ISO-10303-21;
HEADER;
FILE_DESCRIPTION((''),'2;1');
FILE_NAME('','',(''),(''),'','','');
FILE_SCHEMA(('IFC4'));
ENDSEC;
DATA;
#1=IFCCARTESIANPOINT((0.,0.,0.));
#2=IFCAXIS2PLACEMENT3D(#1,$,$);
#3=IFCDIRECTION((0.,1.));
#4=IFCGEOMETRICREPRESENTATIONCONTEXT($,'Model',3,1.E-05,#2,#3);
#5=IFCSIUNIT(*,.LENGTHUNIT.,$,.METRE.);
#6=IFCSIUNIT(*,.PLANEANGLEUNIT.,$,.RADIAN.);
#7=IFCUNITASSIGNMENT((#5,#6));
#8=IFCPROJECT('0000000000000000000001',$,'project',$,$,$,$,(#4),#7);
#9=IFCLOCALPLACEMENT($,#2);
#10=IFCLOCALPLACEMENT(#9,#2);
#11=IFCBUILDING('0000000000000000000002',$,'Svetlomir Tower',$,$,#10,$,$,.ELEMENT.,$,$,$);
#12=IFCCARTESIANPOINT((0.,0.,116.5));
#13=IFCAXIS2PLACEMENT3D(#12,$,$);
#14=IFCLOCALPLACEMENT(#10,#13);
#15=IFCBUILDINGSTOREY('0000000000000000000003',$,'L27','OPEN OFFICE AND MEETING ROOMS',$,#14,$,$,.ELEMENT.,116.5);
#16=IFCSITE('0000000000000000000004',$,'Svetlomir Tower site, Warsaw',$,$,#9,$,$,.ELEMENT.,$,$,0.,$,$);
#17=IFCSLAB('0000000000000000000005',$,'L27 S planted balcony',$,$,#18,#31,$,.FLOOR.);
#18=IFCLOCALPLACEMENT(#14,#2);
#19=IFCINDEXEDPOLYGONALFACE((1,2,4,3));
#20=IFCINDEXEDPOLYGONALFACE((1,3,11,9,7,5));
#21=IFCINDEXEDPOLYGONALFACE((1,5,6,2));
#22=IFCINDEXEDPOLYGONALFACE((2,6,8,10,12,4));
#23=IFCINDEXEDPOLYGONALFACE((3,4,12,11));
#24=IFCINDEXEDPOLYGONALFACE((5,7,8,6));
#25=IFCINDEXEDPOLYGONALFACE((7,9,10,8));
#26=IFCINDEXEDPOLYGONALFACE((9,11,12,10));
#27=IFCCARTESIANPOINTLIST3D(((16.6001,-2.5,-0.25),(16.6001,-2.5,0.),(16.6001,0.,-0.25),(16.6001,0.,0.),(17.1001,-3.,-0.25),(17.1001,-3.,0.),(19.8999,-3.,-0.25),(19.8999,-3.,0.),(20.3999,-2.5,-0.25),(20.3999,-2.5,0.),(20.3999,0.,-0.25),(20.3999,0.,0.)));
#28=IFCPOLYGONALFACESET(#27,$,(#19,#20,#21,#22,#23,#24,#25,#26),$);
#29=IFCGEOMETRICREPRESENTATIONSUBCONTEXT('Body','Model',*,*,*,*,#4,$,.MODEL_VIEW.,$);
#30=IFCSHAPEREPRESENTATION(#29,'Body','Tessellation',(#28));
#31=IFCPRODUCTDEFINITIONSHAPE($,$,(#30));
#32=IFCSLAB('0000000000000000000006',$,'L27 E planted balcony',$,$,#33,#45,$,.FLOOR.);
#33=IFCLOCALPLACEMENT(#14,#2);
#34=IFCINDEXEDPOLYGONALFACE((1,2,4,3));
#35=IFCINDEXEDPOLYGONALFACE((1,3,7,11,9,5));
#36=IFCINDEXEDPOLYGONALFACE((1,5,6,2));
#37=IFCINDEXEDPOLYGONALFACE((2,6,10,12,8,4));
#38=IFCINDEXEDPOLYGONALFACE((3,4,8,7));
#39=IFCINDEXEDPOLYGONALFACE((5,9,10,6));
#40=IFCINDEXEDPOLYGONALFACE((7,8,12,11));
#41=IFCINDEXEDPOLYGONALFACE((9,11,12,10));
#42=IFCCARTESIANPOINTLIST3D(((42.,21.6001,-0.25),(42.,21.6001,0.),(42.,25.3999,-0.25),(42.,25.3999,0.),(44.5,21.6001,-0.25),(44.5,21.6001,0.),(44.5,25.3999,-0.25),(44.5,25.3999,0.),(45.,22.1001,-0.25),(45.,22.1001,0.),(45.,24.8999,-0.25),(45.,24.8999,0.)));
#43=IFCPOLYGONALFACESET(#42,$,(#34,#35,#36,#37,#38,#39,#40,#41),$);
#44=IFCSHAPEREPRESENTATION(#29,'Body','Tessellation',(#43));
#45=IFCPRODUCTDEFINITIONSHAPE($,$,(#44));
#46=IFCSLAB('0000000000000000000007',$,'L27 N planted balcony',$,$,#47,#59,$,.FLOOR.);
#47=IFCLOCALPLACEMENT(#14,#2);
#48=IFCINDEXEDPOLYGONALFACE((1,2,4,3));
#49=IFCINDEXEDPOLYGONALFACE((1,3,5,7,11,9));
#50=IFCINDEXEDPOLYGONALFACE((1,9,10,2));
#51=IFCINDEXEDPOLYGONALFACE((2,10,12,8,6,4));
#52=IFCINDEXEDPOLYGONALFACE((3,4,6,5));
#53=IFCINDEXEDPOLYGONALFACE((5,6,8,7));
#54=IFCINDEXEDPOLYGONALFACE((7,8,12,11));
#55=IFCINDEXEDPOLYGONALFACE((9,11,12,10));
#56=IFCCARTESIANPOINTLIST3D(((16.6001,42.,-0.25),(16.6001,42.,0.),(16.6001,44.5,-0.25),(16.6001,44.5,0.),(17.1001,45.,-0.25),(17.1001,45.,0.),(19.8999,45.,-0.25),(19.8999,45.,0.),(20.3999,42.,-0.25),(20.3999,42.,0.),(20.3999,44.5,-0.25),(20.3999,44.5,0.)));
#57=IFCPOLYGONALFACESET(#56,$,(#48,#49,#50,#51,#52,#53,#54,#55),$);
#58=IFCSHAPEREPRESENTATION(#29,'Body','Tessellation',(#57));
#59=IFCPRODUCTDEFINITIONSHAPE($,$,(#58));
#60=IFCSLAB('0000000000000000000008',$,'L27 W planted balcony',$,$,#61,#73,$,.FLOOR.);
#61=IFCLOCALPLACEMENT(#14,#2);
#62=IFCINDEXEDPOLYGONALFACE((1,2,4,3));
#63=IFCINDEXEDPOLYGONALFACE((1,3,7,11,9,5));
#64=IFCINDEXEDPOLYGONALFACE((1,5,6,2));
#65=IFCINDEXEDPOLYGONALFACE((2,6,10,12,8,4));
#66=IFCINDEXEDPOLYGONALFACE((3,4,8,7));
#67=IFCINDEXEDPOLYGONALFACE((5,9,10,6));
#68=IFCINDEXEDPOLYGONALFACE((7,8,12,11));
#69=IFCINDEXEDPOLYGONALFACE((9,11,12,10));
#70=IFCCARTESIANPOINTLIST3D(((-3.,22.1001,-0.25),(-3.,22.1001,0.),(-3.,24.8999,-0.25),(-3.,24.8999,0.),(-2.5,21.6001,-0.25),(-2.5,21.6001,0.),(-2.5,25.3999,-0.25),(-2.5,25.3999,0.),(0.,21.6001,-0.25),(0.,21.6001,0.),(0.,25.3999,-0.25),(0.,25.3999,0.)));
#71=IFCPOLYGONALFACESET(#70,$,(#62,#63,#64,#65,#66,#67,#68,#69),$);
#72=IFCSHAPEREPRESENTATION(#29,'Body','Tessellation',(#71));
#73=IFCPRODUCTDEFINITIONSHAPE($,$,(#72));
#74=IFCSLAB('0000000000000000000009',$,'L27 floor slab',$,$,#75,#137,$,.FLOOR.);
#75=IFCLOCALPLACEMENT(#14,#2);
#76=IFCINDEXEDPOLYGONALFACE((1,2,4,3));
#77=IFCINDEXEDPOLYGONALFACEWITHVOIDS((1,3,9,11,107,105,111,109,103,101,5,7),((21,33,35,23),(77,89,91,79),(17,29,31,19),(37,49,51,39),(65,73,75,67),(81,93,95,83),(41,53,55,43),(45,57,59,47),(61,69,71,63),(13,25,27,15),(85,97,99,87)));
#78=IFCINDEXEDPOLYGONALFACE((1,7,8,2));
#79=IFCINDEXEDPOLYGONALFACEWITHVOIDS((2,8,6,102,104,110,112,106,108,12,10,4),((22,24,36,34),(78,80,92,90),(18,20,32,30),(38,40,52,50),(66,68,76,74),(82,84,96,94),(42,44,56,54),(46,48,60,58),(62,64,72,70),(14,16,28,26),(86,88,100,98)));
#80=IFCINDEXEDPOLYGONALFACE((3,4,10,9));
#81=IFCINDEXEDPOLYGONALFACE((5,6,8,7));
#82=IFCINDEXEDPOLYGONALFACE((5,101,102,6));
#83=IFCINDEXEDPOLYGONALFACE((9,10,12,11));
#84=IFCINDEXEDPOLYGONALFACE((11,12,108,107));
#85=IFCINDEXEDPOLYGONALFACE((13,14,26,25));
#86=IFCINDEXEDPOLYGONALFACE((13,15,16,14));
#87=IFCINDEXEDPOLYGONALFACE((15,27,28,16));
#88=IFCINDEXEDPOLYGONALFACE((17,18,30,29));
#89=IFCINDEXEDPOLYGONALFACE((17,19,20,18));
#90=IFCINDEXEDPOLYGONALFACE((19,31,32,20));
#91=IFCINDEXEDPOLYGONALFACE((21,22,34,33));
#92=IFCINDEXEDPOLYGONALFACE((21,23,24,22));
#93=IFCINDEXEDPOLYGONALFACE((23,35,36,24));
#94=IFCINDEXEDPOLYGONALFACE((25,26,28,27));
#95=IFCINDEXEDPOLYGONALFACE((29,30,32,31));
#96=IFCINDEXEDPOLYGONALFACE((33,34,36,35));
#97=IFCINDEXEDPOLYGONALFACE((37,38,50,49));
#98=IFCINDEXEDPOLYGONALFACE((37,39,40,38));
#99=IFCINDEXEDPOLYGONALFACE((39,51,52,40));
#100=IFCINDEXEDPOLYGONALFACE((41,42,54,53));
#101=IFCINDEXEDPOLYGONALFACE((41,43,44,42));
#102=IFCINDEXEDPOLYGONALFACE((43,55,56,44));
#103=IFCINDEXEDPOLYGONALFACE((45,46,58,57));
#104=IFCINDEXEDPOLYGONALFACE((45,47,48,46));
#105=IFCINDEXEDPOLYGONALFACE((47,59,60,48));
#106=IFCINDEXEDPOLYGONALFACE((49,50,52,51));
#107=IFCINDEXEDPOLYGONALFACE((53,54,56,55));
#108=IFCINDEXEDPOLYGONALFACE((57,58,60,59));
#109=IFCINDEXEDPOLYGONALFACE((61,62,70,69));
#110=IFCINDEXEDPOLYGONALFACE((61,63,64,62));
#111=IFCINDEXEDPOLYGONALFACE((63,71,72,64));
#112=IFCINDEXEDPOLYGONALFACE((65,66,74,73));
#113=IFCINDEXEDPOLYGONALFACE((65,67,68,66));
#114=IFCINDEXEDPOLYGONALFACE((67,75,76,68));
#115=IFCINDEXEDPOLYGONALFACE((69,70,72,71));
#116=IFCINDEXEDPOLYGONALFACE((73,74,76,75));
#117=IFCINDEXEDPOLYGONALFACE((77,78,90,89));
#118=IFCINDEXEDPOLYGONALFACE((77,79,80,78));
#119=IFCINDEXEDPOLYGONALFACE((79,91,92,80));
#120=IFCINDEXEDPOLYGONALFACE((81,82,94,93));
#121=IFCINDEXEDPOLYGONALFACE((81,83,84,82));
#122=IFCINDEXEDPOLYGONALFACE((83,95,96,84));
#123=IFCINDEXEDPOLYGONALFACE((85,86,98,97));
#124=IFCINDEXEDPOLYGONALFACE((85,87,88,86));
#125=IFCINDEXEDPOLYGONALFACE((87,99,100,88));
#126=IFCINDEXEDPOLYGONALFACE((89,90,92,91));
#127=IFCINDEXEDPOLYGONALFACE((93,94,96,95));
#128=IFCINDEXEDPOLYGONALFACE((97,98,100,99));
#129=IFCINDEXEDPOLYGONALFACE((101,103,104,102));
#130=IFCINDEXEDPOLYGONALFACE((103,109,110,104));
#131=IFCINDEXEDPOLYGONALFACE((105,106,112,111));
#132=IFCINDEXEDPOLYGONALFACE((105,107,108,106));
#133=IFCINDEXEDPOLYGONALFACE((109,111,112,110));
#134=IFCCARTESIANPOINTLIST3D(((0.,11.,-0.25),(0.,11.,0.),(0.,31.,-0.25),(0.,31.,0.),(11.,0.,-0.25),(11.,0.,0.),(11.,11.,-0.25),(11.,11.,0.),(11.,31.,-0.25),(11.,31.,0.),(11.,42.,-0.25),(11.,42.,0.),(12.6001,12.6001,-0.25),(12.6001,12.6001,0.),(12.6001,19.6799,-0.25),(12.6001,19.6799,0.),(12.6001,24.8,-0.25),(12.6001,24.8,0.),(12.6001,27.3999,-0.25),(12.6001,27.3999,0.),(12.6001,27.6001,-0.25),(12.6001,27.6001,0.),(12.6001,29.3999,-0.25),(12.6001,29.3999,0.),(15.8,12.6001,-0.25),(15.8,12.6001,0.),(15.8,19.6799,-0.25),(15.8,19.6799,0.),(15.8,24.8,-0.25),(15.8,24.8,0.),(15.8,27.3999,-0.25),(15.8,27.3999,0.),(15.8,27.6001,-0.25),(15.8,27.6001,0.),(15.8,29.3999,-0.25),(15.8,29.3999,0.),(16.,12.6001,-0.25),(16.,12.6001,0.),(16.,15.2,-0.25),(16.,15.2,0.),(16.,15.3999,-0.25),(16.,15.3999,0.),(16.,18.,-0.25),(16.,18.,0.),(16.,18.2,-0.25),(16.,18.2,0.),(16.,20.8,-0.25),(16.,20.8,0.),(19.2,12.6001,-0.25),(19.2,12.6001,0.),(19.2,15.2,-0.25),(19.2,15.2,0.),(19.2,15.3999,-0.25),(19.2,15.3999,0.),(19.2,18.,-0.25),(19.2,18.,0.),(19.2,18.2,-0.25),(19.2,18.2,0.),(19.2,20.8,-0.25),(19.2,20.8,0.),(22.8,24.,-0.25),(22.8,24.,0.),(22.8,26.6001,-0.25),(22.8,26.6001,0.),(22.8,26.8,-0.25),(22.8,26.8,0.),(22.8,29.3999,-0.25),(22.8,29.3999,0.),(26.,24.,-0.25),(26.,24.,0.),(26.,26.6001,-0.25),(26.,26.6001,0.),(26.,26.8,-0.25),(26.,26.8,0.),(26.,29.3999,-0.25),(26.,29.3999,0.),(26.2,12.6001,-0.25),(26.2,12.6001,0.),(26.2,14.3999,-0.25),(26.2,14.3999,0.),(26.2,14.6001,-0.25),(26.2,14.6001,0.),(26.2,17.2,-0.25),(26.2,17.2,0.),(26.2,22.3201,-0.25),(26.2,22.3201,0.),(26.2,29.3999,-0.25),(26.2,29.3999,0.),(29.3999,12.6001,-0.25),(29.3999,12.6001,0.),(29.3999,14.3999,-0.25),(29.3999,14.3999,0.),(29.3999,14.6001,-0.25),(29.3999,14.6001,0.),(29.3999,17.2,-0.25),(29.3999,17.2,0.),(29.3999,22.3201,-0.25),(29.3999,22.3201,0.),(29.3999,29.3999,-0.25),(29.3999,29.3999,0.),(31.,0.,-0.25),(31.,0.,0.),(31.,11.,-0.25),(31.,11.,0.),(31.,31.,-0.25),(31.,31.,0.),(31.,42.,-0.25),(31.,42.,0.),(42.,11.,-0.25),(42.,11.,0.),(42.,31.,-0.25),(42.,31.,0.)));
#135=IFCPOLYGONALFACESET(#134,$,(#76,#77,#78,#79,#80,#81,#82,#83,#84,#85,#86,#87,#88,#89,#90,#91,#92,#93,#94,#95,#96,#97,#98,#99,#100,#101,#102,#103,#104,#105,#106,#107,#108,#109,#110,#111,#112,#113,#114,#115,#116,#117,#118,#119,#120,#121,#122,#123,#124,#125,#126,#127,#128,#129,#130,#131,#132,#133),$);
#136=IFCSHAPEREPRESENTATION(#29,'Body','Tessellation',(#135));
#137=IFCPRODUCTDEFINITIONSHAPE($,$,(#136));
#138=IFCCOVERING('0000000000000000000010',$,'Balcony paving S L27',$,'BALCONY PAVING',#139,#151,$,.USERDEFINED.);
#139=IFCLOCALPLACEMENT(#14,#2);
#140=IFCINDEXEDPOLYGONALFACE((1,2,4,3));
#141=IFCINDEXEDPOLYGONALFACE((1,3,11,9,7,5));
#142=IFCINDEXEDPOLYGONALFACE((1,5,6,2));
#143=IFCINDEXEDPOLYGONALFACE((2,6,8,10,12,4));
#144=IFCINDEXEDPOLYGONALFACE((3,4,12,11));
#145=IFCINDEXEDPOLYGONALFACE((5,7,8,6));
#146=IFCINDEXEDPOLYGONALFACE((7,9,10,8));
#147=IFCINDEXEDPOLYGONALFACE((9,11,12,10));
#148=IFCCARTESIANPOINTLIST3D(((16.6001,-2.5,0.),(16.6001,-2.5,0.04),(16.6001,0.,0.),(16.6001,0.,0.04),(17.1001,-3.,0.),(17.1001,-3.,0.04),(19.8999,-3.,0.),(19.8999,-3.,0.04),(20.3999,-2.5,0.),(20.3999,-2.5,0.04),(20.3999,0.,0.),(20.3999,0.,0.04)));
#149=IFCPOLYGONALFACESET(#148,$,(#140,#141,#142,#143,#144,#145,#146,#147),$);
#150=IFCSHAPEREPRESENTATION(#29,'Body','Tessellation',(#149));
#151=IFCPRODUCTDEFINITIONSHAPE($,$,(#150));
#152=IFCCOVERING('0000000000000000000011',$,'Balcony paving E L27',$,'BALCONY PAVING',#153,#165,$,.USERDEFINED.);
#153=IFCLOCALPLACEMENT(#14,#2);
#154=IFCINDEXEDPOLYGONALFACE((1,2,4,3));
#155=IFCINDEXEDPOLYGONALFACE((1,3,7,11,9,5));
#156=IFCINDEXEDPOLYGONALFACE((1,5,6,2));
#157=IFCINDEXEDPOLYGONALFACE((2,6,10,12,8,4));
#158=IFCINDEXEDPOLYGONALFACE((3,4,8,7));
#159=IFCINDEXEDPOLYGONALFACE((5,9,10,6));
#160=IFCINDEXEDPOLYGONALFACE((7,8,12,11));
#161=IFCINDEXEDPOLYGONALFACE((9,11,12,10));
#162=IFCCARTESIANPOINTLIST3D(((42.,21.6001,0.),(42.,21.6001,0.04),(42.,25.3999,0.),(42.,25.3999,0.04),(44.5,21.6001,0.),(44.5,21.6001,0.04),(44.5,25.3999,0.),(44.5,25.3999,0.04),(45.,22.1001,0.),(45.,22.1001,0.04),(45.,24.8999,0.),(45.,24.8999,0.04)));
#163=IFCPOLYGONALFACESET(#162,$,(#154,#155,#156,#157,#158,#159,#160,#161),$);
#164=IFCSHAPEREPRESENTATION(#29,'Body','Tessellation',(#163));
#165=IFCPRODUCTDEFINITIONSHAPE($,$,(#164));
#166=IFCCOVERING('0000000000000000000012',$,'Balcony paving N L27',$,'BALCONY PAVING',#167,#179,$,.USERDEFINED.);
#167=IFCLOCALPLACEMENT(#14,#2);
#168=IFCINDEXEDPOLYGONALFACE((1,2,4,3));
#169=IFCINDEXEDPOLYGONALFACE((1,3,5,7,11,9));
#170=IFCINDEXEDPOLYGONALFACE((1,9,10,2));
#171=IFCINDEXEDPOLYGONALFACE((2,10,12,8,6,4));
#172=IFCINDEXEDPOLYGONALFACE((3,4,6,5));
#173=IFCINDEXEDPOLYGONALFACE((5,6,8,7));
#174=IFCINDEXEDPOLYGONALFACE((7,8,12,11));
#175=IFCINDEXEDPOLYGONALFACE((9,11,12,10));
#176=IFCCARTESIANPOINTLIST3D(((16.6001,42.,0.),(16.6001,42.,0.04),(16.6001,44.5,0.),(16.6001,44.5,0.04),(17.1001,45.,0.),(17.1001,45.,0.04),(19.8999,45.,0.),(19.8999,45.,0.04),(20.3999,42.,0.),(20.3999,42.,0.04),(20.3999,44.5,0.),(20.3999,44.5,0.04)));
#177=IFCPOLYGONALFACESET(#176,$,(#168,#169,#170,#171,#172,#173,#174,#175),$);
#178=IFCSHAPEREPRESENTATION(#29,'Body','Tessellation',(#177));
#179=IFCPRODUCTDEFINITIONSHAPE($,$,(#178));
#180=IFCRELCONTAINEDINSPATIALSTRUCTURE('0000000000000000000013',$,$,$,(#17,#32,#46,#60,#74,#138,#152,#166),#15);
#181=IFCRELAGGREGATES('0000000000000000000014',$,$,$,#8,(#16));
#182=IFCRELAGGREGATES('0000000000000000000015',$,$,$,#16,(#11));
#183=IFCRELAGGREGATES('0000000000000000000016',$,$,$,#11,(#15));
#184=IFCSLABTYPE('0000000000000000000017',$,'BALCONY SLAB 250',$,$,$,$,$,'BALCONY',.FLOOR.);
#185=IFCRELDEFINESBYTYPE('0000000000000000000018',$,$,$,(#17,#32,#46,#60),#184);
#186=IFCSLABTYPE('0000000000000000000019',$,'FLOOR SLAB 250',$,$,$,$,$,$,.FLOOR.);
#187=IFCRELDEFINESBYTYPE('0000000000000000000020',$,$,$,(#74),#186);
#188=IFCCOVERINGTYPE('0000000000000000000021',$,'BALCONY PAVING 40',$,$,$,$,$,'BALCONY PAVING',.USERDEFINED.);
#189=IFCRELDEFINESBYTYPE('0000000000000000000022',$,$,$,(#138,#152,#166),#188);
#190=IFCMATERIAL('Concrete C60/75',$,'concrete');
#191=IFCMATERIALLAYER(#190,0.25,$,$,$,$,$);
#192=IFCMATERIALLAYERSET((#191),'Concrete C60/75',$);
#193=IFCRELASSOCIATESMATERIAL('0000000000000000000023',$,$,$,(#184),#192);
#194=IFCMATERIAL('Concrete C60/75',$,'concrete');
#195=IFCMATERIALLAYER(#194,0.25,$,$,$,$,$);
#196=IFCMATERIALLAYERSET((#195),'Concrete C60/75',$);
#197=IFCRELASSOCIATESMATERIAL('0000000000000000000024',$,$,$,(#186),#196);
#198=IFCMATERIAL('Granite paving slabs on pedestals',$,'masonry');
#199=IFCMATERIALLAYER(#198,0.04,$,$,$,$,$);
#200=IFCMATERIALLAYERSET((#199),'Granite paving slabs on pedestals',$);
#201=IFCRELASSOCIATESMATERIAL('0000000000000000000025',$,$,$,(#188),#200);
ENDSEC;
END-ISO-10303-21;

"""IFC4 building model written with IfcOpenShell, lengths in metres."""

from ifc_helpers import new_model, si_unit, direction, frame, origin, place, context, subcontext, project, spatial, polyline, outline, extrude, material, layer, layer_set, type_object, element, save


model = new_model("IFC4")

# Units and contexts
model_context = context("Model", 3, precision=1e-05, world=origin(), true_north=direction((0.0, 1.0)))
body_context = subcontext(model_context, "Body", "Model", "MODEL_VIEW")
ifc_project = project(units=[si_unit("LENGTHUNIT", "METRE"), si_unit("PLANEANGLEUNIT", "RADIAN")], contexts=[model_context])

# Site, building, storey
site_placement = place(None, origin())
site = spatial("IfcSite", under=ifc_project, at=site_placement, Name="Svetlomir Tower site, Warsaw", CompositionType="ELEMENT", RefElevation=0.0)
building_placement = place(site_placement, origin())
building = spatial("IfcBuilding", under=site, at=building_placement, Name="Svetlomir Tower", CompositionType="ELEMENT")
storey_placement = place(building_placement, frame((0.0, 0.0, 116.5)))
storey = spatial("IfcBuildingStorey", under=building, at=storey_placement, Name="L27", Description="OPEN OFFICE AND MEETING ROOMS", CompositionType="ELEMENT", Elevation=116.5)

# Slabs
ifc_material_1 = material(Name="Concrete C60/75", Category="concrete")
ifc_layer_1 = layer(ifc_material_1, 0.25)
ifc_layer_set_1 = layer_set([ifc_layer_1], Name="Concrete C60/75")
slab_type_1 = type_object("IfcSlabType", Name="BALCONY SLAB 250", ElementType="BALCONY", PredefinedType="FLOOR", material=ifc_layer_set_1)
slab_1_placement = place(storey_placement, frame((0.0, 0.0, -0.25)))
element("IfcSlab", 1, at=slab_1_placement, inside=storey, type_object=slab_type_1, Name="L27 S planted balcony", PredefinedType="FLOOR", context=body_context, shape_type="SweptSolid", body=[
    extrude(outline(polyline([(16.6001, -2.5), (17.1001, -3.0), (19.8999, -3.0), (20.3999, -2.5), (20.3999, 0.0), (16.6001, 0.0), (16.6001, -2.5)])), origin(), (0.0, 0.0, 1.0), 0.25),
])
slab_2_placement = place(storey_placement, frame((0.0, 0.0, -0.25)))
element("IfcSlab", 2, at=slab_2_placement, inside=storey, type_object=slab_type_1, Name="L27 E planted balcony", PredefinedType="FLOOR", context=body_context, shape_type="SweptSolid", body=[
    extrude(outline(polyline([(42.0, 21.6001), (44.5, 21.6001), (45.0, 22.1001), (45.0, 24.8999), (44.5, 25.3999), (42.0, 25.3999), (42.0, 21.6001)])), origin(), (0.0, 0.0, 1.0), 0.25),
])
slab_3_placement = place(storey_placement, frame((0.0, 0.0, -0.25)))
element("IfcSlab", 3, at=slab_3_placement, inside=storey, type_object=slab_type_1, Name="L27 N planted balcony", PredefinedType="FLOOR", context=body_context, shape_type="SweptSolid", body=[
    extrude(outline(polyline([(16.6001, 42.0), (20.3999, 42.0), (20.3999, 44.5), (19.8999, 45.0), (17.1001, 45.0), (16.6001, 44.5), (16.6001, 42.0)])), origin(), (0.0, 0.0, 1.0), 0.25),
])
slab_4_placement = place(storey_placement, frame((0.0, 0.0, -0.25)))
element("IfcSlab", 4, at=slab_4_placement, inside=storey, type_object=slab_type_1, Name="L27 W planted balcony", PredefinedType="FLOOR", context=body_context, shape_type="SweptSolid", body=[
    extrude(outline(polyline([(-2.5, 21.6001), (0.0, 21.6001), (0.0, 25.3999), (-2.5, 25.3999), (-3.0, 24.8999), (-3.0, 22.1001), (-2.5, 21.6001)])), origin(), (0.0, 0.0, 1.0), 0.25),
])
ifc_material_2 = material(Name="Concrete C60/75", Category="concrete")
ifc_layer_2 = layer(ifc_material_2, 0.25)
ifc_layer_set_2 = layer_set([ifc_layer_2], Name="Concrete C60/75")
slab_type_2 = type_object("IfcSlabType", Name="FLOOR SLAB 250", PredefinedType="FLOOR", material=ifc_layer_set_2)
slab_5_placement = place(storey_placement, frame((0.0, 0.0, -0.25)))
element("IfcSlab", 5, at=slab_5_placement, inside=storey, type_object=slab_type_2, Name="L27 floor slab", PredefinedType="FLOOR", context=body_context, shape_type="SweptSolid", body=[
    extrude(outline(polyline([(11.0, 0.0), (31.0, 0.0), (31.0, 11.0), (42.0, 11.0), (42.0, 31.0), (31.0, 31.0), (31.0, 42.0), (11.0, 42.0), (11.0, 31.0), (0.0, 31.0), (0.0, 11.0), (11.0, 11.0), (11.0, 0.0)]), holes=[polyline([(12.6001, 24.8), (15.8, 24.8), (15.8, 27.3999), (12.6001, 27.3999), (12.6001, 24.8)]), polyline([(26.2, 14.6001), (29.3999, 14.6001), (29.3999, 17.2), (26.2, 17.2), (26.2, 14.6001)]), polyline([(16.0, 12.6001), (19.2, 12.6001), (19.2, 15.2), (16.0, 15.2), (16.0, 12.6001)]), polyline([(16.0, 15.3999), (19.2, 15.3999), (19.2, 18.0), (16.0, 18.0), (16.0, 15.3999)]), polyline([(16.0, 18.2), (19.2, 18.2), (19.2, 20.8), (16.0, 20.8), (16.0, 18.2)]), polyline([(22.8, 24.0), (26.0, 24.0), (26.0, 26.6001), (22.8, 26.6001), (22.8, 24.0)]), polyline([(22.8, 26.8), (26.0, 26.8), (26.0, 29.3999), (22.8, 29.3999), (22.8, 26.8)]), polyline([(12.6001, 27.6001), (15.8, 27.6001), (15.8, 29.3999), (12.6001, 29.3999), (12.6001, 27.6001)]), polyline([(26.2, 12.6001), (29.3999, 12.6001), (29.3999, 14.3999), (26.2, 14.3999), (26.2, 12.6001)]), polyline([(12.6001, 12.6001), (15.8, 12.6001), (15.8, 19.6799), (12.6001, 19.6799), (12.6001, 12.6001)]), polyline([(26.2, 22.3201), (29.3999, 22.3201), (29.3999, 29.3999), (26.2, 29.3999), (26.2, 22.3201)])]), origin(), (0.0, 0.0, 1.0), 0.25),
])

# Coverings
ifc_material_3 = material(Name="Granite paving slabs on pedestals", Category="masonry")
ifc_layer_3 = layer(ifc_material_3, 0.04)
ifc_layer_set_3 = layer_set([ifc_layer_3], Name="Granite paving slabs on pedestals")
covering_type_1 = type_object("IfcCoveringType", Name="BALCONY PAVING 40", ElementType="BALCONY PAVING", PredefinedType="USERDEFINED", material=ifc_layer_set_3)
covering_1_placement = place(storey_placement, origin())
element("IfcCovering", 6, at=covering_1_placement, inside=storey, type_object=covering_type_1, Name="Balcony paving S L27", ObjectType="BALCONY PAVING", PredefinedType="USERDEFINED", context=body_context, shape_type="SweptSolid", body=[
    extrude(outline(polyline([(16.6001, -2.5), (17.1001, -3.0), (19.8999, -3.0), (20.3999, -2.5), (20.3999, 0.0), (16.6001, 0.0), (16.6001, -2.5)])), origin(), (0.0, 0.0, 1.0), 0.04),
])
covering_2_placement = place(storey_placement, origin())
element("IfcCovering", 7, at=covering_2_placement, inside=storey, type_object=covering_type_1, Name="Balcony paving E L27", ObjectType="BALCONY PAVING", PredefinedType="USERDEFINED", context=body_context, shape_type="SweptSolid", body=[
    extrude(outline(polyline([(42.0, 21.6001), (44.5, 21.6001), (45.0, 22.1001), (45.0, 24.8999), (44.5, 25.3999), (42.0, 25.3999), (42.0, 21.6001)])), origin(), (0.0, 0.0, 1.0), 0.04),
])
covering_3_placement = place(storey_placement, origin())
element("IfcCovering", 8, at=covering_3_placement, inside=storey, type_object=covering_type_1, Name="Balcony paving N L27", ObjectType="BALCONY PAVING", PredefinedType="USERDEFINED", context=body_context, shape_type="SweptSolid", body=[
    extrude(outline(polyline([(16.6001, 42.0), (20.3999, 42.0), (20.3999, 44.5), (19.8999, 45.0), (17.1001, 45.0), (16.6001, 44.5), (16.6001, 42.0)])), origin(), (0.0, 0.0, 1.0), 0.04),
])

save(model, "model.ifc")
